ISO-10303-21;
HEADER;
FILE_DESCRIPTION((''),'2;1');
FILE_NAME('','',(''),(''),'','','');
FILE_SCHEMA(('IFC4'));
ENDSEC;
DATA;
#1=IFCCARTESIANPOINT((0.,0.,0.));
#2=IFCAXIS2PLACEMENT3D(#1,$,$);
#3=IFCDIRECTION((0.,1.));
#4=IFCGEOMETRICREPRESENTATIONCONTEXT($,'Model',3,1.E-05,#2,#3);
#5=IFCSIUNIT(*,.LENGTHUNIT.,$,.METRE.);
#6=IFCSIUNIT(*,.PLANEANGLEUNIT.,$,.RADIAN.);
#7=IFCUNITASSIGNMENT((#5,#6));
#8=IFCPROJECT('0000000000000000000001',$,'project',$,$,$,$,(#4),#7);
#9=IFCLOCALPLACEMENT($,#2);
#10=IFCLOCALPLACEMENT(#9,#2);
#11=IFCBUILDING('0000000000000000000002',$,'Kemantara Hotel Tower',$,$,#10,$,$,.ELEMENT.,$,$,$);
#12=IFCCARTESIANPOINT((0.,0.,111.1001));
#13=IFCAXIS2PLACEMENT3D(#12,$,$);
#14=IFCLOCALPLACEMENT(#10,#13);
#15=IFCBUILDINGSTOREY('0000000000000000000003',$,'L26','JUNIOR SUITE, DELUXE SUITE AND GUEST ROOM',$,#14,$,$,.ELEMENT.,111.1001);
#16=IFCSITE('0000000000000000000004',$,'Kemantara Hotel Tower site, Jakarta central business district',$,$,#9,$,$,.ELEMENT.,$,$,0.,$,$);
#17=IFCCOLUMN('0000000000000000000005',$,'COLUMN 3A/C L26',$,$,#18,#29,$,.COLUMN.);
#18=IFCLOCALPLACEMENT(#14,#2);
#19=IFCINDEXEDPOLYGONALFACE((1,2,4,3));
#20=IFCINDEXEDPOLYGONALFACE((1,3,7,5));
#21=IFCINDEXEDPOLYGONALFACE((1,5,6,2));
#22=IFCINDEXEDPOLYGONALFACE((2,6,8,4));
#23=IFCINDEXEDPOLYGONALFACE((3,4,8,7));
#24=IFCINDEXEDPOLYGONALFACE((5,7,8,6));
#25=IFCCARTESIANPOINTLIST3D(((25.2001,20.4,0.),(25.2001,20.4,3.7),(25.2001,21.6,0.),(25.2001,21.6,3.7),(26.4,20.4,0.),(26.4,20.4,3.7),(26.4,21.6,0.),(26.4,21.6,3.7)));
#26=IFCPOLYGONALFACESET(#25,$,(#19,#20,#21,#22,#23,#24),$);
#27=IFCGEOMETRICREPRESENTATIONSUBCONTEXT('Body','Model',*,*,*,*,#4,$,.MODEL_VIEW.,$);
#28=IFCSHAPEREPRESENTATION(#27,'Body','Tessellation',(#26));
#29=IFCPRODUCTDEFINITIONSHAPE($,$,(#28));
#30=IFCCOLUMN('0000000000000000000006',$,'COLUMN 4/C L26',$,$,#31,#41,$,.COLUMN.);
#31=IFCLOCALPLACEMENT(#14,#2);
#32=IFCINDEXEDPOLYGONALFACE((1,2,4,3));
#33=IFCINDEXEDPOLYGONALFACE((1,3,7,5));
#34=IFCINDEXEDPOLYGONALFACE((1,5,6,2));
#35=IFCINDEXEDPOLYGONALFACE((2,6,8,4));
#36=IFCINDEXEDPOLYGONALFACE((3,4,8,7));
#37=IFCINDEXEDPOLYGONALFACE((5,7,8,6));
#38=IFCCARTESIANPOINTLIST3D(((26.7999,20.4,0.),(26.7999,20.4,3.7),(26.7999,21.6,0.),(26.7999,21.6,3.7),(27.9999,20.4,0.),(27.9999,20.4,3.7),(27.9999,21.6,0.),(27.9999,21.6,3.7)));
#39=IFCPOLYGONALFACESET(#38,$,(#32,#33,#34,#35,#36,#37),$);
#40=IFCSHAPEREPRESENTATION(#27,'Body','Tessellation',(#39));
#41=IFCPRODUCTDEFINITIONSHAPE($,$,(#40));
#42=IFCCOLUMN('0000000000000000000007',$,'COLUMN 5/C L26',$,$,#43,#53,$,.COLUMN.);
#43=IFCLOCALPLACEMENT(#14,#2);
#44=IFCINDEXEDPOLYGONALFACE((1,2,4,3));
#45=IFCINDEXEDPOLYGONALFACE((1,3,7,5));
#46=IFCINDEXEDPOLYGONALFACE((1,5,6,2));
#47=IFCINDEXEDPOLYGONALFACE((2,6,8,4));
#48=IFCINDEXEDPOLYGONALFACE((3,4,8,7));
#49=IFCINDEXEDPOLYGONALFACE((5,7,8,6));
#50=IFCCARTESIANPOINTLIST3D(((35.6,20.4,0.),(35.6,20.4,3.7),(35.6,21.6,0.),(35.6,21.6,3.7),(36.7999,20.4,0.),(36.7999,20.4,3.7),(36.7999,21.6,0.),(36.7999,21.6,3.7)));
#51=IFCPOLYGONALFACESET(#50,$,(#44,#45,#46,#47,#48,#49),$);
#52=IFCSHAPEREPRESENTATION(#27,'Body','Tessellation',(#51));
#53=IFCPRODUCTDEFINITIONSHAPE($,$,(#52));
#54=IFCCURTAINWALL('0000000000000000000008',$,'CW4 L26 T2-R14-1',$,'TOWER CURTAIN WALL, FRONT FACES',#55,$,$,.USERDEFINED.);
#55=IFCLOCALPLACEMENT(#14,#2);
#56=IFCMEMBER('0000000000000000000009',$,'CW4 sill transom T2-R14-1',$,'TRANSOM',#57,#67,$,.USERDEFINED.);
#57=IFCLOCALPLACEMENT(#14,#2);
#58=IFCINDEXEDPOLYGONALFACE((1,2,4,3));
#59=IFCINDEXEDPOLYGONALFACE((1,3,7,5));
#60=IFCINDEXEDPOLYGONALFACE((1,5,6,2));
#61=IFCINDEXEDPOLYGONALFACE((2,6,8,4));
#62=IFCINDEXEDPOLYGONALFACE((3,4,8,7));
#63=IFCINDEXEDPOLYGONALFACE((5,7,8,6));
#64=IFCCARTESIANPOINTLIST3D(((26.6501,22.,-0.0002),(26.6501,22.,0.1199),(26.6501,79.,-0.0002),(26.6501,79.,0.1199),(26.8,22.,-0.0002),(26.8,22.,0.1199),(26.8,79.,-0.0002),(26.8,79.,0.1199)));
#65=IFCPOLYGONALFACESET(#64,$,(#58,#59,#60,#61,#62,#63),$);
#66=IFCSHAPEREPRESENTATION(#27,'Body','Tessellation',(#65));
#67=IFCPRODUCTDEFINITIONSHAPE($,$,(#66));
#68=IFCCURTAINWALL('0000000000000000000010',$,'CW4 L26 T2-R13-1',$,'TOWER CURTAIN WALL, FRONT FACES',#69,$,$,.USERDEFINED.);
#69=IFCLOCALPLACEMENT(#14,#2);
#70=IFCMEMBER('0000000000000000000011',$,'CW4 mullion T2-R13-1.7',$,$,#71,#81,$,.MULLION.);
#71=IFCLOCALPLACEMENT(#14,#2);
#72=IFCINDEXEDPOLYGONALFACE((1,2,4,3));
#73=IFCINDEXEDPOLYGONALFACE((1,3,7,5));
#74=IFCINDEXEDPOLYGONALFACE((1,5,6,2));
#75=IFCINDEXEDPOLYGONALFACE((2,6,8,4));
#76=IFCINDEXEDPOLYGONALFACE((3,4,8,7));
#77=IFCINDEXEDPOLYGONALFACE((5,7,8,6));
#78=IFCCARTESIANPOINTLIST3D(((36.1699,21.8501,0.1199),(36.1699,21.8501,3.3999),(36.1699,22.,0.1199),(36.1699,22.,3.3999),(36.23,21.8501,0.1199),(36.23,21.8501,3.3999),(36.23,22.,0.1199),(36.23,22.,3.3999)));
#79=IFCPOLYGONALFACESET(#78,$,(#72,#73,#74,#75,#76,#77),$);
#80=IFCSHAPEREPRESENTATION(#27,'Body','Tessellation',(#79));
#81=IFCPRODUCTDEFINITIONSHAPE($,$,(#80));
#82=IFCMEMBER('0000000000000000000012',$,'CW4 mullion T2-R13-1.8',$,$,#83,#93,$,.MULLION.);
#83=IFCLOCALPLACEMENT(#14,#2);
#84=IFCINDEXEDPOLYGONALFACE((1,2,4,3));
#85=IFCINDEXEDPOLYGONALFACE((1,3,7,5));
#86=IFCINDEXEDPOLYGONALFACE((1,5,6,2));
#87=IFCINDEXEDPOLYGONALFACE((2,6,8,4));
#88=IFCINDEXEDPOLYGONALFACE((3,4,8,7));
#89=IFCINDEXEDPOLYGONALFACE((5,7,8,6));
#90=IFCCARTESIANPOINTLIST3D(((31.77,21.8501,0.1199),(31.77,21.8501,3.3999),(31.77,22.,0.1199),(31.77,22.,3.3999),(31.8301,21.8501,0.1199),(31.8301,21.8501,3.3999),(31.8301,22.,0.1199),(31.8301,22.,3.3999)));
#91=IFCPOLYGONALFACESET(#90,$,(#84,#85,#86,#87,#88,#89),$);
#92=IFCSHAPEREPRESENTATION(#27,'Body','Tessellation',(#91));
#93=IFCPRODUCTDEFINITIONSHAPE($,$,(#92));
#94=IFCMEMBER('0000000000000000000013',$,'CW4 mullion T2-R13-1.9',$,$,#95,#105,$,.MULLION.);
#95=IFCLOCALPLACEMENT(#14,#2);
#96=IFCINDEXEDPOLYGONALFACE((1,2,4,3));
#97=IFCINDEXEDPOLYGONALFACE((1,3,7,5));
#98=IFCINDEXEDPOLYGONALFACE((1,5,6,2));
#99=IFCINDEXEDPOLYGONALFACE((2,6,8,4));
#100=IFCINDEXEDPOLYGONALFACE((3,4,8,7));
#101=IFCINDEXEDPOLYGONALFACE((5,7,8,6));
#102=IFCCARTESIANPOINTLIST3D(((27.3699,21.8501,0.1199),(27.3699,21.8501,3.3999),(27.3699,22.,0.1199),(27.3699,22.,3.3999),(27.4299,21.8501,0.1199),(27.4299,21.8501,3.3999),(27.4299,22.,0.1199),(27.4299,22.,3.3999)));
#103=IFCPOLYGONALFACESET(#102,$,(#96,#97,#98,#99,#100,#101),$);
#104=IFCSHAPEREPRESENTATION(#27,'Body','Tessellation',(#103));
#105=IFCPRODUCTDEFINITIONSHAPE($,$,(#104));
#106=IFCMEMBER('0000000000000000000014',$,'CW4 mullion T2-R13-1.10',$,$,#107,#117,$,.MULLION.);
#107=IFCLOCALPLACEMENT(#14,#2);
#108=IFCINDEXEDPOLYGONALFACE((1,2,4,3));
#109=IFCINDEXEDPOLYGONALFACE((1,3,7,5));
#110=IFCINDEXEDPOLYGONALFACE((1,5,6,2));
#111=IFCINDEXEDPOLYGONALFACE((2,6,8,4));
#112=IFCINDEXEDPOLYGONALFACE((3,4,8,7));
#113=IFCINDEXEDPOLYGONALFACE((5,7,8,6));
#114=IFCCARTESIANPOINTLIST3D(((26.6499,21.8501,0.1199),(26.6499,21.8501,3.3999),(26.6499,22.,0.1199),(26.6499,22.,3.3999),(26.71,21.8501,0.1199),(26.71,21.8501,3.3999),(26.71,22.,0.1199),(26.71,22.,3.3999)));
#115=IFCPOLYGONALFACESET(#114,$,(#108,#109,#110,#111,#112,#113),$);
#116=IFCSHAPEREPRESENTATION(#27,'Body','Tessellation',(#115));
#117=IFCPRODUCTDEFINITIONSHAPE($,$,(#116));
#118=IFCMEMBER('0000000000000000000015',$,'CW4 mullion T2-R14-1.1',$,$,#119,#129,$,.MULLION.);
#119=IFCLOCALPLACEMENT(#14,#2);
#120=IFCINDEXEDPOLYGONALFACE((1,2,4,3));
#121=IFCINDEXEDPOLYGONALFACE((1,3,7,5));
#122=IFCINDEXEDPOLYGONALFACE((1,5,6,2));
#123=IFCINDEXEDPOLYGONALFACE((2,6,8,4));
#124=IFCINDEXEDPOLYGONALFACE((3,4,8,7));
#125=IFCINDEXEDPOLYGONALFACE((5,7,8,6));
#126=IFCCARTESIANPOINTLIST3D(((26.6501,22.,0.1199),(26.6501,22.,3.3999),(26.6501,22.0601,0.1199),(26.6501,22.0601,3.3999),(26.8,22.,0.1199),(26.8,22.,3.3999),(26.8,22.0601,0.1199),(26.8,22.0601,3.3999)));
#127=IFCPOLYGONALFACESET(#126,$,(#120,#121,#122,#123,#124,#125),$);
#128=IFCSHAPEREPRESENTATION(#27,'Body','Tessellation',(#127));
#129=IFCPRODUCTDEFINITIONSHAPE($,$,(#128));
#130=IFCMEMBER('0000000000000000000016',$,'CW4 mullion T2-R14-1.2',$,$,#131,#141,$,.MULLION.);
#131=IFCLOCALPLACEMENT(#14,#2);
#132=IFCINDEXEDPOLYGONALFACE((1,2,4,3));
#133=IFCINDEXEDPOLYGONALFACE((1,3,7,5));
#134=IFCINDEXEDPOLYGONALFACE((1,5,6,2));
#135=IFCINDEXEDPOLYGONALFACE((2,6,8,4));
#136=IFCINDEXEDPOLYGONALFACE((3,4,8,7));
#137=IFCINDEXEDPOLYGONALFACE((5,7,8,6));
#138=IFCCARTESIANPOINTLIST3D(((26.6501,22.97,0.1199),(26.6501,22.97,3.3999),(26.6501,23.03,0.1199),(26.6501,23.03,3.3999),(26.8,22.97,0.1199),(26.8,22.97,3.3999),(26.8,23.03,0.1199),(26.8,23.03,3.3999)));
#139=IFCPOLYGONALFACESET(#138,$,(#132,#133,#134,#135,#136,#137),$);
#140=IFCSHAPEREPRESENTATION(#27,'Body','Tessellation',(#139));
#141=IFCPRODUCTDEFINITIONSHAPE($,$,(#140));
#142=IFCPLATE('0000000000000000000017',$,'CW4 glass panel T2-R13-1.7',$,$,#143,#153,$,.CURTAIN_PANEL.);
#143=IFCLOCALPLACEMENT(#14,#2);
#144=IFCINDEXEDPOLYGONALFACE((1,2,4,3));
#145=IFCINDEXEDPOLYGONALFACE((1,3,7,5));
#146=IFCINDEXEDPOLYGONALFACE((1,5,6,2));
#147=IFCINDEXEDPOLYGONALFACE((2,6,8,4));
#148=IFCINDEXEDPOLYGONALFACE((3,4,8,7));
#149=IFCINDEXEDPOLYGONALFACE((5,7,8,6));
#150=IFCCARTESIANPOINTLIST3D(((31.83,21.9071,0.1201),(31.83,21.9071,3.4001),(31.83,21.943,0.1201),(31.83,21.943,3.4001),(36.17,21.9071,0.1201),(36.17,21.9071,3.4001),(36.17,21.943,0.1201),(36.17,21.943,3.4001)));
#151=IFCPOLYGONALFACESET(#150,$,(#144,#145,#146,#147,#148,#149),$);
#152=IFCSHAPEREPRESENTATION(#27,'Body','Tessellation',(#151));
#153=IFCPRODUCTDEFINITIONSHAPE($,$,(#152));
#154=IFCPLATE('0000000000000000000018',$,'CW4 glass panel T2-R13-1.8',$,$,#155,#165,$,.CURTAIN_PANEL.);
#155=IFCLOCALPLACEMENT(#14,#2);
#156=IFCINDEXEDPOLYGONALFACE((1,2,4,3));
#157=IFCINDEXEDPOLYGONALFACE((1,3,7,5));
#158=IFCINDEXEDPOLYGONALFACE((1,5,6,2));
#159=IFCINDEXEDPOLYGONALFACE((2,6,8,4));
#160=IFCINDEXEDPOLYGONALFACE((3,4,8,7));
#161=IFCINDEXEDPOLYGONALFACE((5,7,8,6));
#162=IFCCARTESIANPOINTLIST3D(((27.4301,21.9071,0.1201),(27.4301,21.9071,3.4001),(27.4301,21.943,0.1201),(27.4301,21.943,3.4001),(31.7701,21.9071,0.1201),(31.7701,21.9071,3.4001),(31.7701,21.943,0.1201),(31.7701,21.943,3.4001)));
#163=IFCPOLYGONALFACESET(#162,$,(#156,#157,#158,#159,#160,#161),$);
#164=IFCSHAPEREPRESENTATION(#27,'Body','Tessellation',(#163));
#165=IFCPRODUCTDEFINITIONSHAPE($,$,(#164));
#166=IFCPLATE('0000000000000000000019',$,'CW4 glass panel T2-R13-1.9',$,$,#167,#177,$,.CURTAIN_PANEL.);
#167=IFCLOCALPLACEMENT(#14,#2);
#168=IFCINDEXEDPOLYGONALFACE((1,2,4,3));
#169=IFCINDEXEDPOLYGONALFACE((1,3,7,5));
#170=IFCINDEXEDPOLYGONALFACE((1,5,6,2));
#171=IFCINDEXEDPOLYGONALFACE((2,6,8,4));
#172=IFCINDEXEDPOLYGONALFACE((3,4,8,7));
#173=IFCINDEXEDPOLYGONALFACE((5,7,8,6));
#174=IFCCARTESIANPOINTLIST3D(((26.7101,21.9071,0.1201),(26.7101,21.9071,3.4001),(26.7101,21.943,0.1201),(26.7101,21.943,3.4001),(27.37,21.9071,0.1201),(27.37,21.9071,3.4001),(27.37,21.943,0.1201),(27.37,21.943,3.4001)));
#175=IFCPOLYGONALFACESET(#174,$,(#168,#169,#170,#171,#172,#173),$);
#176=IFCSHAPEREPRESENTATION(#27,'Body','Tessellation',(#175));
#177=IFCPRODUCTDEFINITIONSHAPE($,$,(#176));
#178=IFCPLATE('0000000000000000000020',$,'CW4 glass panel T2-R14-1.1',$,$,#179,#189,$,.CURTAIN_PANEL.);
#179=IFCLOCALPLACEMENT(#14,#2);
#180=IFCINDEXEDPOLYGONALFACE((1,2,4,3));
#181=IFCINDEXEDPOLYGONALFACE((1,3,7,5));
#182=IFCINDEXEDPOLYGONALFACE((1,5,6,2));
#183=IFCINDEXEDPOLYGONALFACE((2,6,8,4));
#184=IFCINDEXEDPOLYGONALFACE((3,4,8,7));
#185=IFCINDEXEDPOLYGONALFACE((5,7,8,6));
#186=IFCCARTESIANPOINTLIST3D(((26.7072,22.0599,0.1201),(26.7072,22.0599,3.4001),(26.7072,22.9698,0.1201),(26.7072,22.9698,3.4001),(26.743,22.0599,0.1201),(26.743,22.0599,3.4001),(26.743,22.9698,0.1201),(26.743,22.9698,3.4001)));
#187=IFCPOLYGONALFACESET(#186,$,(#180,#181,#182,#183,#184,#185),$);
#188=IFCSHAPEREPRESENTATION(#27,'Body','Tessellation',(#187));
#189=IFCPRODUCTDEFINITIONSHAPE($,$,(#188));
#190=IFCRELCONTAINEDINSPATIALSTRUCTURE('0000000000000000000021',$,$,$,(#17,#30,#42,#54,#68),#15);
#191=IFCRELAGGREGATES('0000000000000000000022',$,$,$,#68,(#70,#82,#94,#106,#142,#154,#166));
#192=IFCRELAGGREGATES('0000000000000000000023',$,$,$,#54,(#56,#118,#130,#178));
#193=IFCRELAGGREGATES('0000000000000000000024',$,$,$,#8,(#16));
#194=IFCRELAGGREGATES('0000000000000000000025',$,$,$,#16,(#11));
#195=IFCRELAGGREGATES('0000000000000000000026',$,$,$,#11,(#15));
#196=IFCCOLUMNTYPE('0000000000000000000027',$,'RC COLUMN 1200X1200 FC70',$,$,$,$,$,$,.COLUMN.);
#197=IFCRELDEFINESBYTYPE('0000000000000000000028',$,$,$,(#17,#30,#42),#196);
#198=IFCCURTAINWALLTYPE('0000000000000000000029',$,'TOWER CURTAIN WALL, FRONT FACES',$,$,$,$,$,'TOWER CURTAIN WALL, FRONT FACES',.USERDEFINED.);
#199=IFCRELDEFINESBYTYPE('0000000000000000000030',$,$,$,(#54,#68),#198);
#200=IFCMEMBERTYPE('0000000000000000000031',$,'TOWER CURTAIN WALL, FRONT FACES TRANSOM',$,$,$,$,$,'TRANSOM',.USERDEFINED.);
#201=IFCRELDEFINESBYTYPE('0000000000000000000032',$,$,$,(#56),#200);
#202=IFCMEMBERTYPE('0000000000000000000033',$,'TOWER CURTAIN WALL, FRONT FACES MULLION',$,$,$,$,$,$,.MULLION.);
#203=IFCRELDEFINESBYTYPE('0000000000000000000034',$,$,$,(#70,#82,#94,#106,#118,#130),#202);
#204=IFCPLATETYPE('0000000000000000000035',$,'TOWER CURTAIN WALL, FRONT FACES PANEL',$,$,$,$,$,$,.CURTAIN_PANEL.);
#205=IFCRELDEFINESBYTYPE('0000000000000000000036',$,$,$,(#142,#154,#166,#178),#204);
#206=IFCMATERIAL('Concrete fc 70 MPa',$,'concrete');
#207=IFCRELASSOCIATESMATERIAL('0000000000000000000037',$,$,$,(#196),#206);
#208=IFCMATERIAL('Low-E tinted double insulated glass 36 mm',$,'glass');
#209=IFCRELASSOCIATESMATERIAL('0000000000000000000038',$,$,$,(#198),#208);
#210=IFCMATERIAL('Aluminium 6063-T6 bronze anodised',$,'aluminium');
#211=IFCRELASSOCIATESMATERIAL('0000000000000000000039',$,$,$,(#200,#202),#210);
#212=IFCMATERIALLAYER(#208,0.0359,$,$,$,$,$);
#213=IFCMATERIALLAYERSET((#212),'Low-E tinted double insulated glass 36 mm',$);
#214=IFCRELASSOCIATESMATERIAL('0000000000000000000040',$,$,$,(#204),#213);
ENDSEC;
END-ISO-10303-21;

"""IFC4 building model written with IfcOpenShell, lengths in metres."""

from ifc_helpers import new_model, si_unit, direction, frame, origin, origin_2d, place, context, subcontext, project, spatial, rectangle, extrude, source, transform, mapped, material, layer, layer_set, material_profile, profile_set, type_object, element, aggregate, save


model = new_model("IFC4")

# Units and contexts
model_context = context("Model", 3, precision=1e-05, world=origin(), true_north=direction((0.0, 1.0)))
body_context = subcontext(model_context, "Body", "Model", "MODEL_VIEW")
ifc_project = project(units=[si_unit("LENGTHUNIT", "METRE"), si_unit("PLANEANGLEUNIT", "RADIAN")], contexts=[model_context])

# Site, building, storey
site_placement = place(None, origin())
site = spatial("IfcSite", under=ifc_project, at=site_placement, Name="Kemantara Hotel Tower site, Jakarta central business district", CompositionType="ELEMENT", RefElevation=0.0)
building_placement = place(site_placement, origin())
building = spatial("IfcBuilding", under=site, at=building_placement, Name="Kemantara Hotel Tower", CompositionType="ELEMENT")
storey_placement = place(building_placement, frame((0.0, 0.0, 111.1001)))
storey = spatial("IfcBuildingStorey", under=building, at=storey_placement, Name="L26", Description="JUNIOR SUITE, DELUXE SUITE AND GUEST ROOM", CompositionType="ELEMENT", Elevation=111.1001)

# Columns
ifc_material_1 = material(Name="Concrete fc 70 MPa", Category="concrete")
ifc_material_profile_1 = material_profile(ifc_material_1, rectangle(XDim=1.2, YDim=1.2, at=origin_2d()), Name="RC 1200X1200")
ifc_profile_set_1 = profile_set([ifc_material_profile_1], Name="Concrete fc 70 MPa")
column_type = type_object("IfcColumnType", Name="RC COLUMN 1200X1200 FC70", PredefinedType="COLUMN", material=ifc_profile_set_1)
for number, where, z_axis, x_axis, name in (
    (1, (25.8, 21.0, 0.0), (0.0, 0.0, 1.0), (1.0, 0.0, 0.0), "COLUMN 3A/C L26"),
    (2, (27.3999, 21.0, 0.0), (0.0, 0.0, 1.0), (1.0, 0.0, 0.0), "COLUMN 4/C L26"),
    (3, (36.2, 21.0, 0.0), (0.0, 0.0, 1.0), (1.0, 0.0, 0.0), "COLUMN 5/C L26"),
):
    element("IfcColumn", number, at=place(storey_placement, frame(where, z_axis=z_axis, x_axis=x_axis)), inside=storey, type_object=column_type, Name=name, PredefinedType="COLUMN", context=body_context, shape_type="SweptSolid", body=[
        extrude(rectangle(XDim=1.2, YDim=1.2, at=origin_2d()), origin(), (0.0, 0.0, 1.0), 3.7),
    ])

# Curtain wall, member
ifc_material_2 = material(Name="Low-E tinted double insulated glass 36 mm", Category="glass")
curtain_wall_type = type_object("IfcCurtainWallType", Name="TOWER CURTAIN WALL, FRONT FACES", ElementType="TOWER CURTAIN WALL, FRONT FACES", PredefinedType="USERDEFINED", material=ifc_material_2)
curtain_wall_1_placement = place(storey_placement, origin())
curtain_wall_1 = element("IfcCurtainWall", 4, at=curtain_wall_1_placement, inside=storey, type_object=curtain_wall_type, Name="CW4 L26 T2-R14-1", ObjectType="TOWER CURTAIN WALL, FRONT FACES", PredefinedType="USERDEFINED")
ifc_material_3 = material(Name="Aluminium 6063-T6 bronze anodised", Category="aluminium")
ifc_material_profile_2 = material_profile(ifc_material_3, rectangle(XDim=0.1499, YDim=0.1201, at=origin_2d()), Name="TOWER CURTAIN WALL, FRONT FACES TRANSOM")
ifc_profile_set_2 = profile_set([ifc_material_profile_2], Name="Aluminium 6063-T6 bronze anodised")
member_type_1 = type_object("IfcMemberType", Name="TOWER CURTAIN WALL, FRONT FACES TRANSOM", ElementType="TRANSOM", PredefinedType="USERDEFINED", material=ifc_profile_set_2)
member_1_placement = place(storey_placement, frame((26.7251, 22.0, 0.0598), z_axis=(0.0, 1.0, 0.0), x_axis=(-1.0, 0.0, 0.0)))
member_1 = element("IfcMember", 5, at=member_1_placement, type_object=member_type_1, Name="CW4 sill transom T2-R14-1", ObjectType="TRANSOM", PredefinedType="USERDEFINED", context=body_context, shape_type="SweptSolid", body=[
    extrude(rectangle(XDim=0.1499, YDim=0.1201, at=origin_2d()), origin(), (0.0, 0.0, 1.0), 57.0),
])

# Curtain wall, members
curtain_wall_2_placement = place(storey_placement, origin())
curtain_wall_2 = element("IfcCurtainWall", 6, at=curtain_wall_2_placement, inside=storey, type_object=curtain_wall_type, Name="CW4 L26 T2-R13-1", ObjectType="TOWER CURTAIN WALL, FRONT FACES", PredefinedType="USERDEFINED")
ifc_material_profile_3 = material_profile(ifc_material_3, rectangle(XDim=0.1499, YDim=0.0601, at=origin_2d()), Name="TOWER CURTAIN WALL, FRONT FACES MULLION")
ifc_profile_set_3 = profile_set([ifc_material_profile_3], Name="Aluminium 6063-T6 bronze anodised")
member_type_2 = type_object("IfcMemberType", Name="TOWER CURTAIN WALL, FRONT FACES MULLION", PredefinedType="MULLION", material=ifc_profile_set_3)
shared_shape_1 = source(origin(), body_context, "Body", "SweptSolid", [
    extrude(rectangle(XDim=0.1499, YDim=0.0601, at=origin_2d()), origin(), (0.0, 0.0, 1.0), 3.28),
])
member_2_placement = place(storey_placement, frame((36.2, 21.925, 0.1199), z_axis=(0.0, 0.0, 1.0), x_axis=(0.0, -1.0, 0.0)))
member_2 = element("IfcMember", 7, at=member_2_placement, type_object=member_type_2, Name="CW4 mullion T2-R13-1.7", PredefinedType="MULLION", context=body_context, shape_type="MappedRepresentation", body=[
    mapped(shared_shape_1, transform((0.0, 0.0, 0.0))),
])
member_3_placement = place(storey_placement, frame((31.8, 21.925, 0.1199), z_axis=(0.0, 0.0, 1.0), x_axis=(0.0, -1.0, 0.0)))
member_3 = element("IfcMember", 8, at=member_3_placement, type_object=member_type_2, Name="CW4 mullion T2-R13-1.8", PredefinedType="MULLION", context=body_context, shape_type="MappedRepresentation", body=[
    mapped(shared_shape_1, transform((0.0, 0.0, 0.0))),
])
member_4_placement = place(storey_placement, frame((27.3999, 21.925, 0.1199), z_axis=(0.0, 0.0, 1.0), x_axis=(0.0, -1.0, 0.0)))
member_4 = element("IfcMember", 9, at=member_4_placement, type_object=member_type_2, Name="CW4 mullion T2-R13-1.9", PredefinedType="MULLION", context=body_context, shape_type="MappedRepresentation", body=[
    mapped(shared_shape_1, transform((0.0, 0.0, 0.0))),
])
member_5_placement = place(storey_placement, frame((26.6799, 21.925, 0.1199), z_axis=(0.0, 0.0, 1.0), x_axis=(0.0, -1.0, 0.0)))
member_5 = element("IfcMember", 10, at=member_5_placement, type_object=member_type_2, Name="CW4 mullion T2-R13-1.10", PredefinedType="MULLION", context=body_context, shape_type="MappedRepresentation", body=[
    mapped(shared_shape_1, transform((0.0, 0.0, 0.0))),
])

# Members
member_6_placement = place(storey_placement, frame((26.7251, 22.03, 0.1199), z_axis=(0.0, 0.0, 1.0), x_axis=(-1.0, 0.0, 0.0)))
member_6 = element("IfcMember", 11, at=member_6_placement, type_object=member_type_2, Name="CW4 mullion T2-R14-1.1", PredefinedType="MULLION", context=body_context, shape_type="MappedRepresentation", body=[
    mapped(shared_shape_1, transform((0.0, 0.0, 0.0))),
])
member_7_placement = place(storey_placement, frame((26.7251, 23.0, 0.1199), z_axis=(0.0, 0.0, 1.0), x_axis=(-1.0, 0.0, 0.0)))
member_7 = element("IfcMember", 12, at=member_7_placement, type_object=member_type_2, Name="CW4 mullion T2-R14-1.2", PredefinedType="MULLION", context=body_context, shape_type="MappedRepresentation", body=[
    mapped(shared_shape_1, transform((0.0, 0.0, 0.0))),
])

# Plates
ifc_layer_1 = layer(ifc_material_2, 0.0359)
ifc_layer_set_1 = layer_set([ifc_layer_1], Name="Low-E tinted double insulated glass 36 mm")
plate_type = type_object("IfcPlateType", Name="TOWER CURTAIN WALL, FRONT FACES PANEL", PredefinedType="CURTAIN_PANEL", material=ifc_layer_set_1)
shared_shape_2 = source(origin(), body_context, "Body", "SweptSolid", [
    extrude(rectangle(XDim=4.3401, YDim=0.0359, at=origin_2d()), origin(), (0.0, 0.0, 1.0), 3.28),
])
plate_1_placement = place(storey_placement, frame((34.0, 21.925, 0.1201), z_axis=(0.0, 0.0, 1.0), x_axis=(-1.0, 0.0, 0.0)))
plate_1 = element("IfcPlate", 13, at=plate_1_placement, type_object=plate_type, Name="CW4 glass panel T2-R13-1.7", PredefinedType="CURTAIN_PANEL", context=body_context, shape_type="MappedRepresentation", body=[
    mapped(shared_shape_2, transform((0.0, 0.0, 0.0))),
])
plate_2_placement = place(storey_placement, frame((29.6001, 21.925, 0.1201), z_axis=(0.0, 0.0, 1.0), x_axis=(-1.0, 0.0, 0.0)))
plate_2 = element("IfcPlate", 14, at=plate_2_placement, type_object=plate_type, Name="CW4 glass panel T2-R13-1.8", PredefinedType="CURTAIN_PANEL", context=body_context, shape_type="MappedRepresentation", body=[
    mapped(shared_shape_2, transform((0.0, 0.0, 0.0))),
])
shared_shape_3 = source(origin(), body_context, "Body", "SweptSolid", [
    extrude(rectangle(XDim=0.6599, YDim=0.0359, at=origin_2d()), origin(), (0.0, 0.0, 1.0), 3.28),
])
plate_3_placement = place(storey_placement, frame((27.04, 21.925, 0.1201), z_axis=(0.0, 0.0, 1.0), x_axis=(-1.0, 0.0, 0.0)))
plate_3 = element("IfcPlate", 15, at=plate_3_placement, type_object=plate_type, Name="CW4 glass panel T2-R13-1.9", PredefinedType="CURTAIN_PANEL", context=body_context, shape_type="MappedRepresentation", body=[
    mapped(shared_shape_3, transform((0.0, 0.0, 0.0))),
])
aggregate(curtain_wall_2, [member_2, member_3, member_4, member_5, plate_1, plate_2, plate_3])
shared_shape_4 = source(origin(), body_context, "Body", "SweptSolid", [
    extrude(rectangle(XDim=0.9099, YDim=0.0359, at=origin_2d()), origin(), (0.0, 0.0, 1.0), 3.28),
])
plate_4_placement = place(storey_placement, frame((26.7251, 22.5149, 0.1201), z_axis=(0.0, 0.0, 1.0), x_axis=(0.0, 1.0, 0.0)))
plate_4 = element("IfcPlate", 16, at=plate_4_placement, type_object=plate_type, Name="CW4 glass panel T2-R14-1.1", PredefinedType="CURTAIN_PANEL", context=body_context, shape_type="MappedRepresentation", body=[
    mapped(shared_shape_4, transform((0.0, 0.0, 0.0))),
])
aggregate(curtain_wall_1, [member_1, member_6, member_7, plate_4])

save(model, "model.ifc")
